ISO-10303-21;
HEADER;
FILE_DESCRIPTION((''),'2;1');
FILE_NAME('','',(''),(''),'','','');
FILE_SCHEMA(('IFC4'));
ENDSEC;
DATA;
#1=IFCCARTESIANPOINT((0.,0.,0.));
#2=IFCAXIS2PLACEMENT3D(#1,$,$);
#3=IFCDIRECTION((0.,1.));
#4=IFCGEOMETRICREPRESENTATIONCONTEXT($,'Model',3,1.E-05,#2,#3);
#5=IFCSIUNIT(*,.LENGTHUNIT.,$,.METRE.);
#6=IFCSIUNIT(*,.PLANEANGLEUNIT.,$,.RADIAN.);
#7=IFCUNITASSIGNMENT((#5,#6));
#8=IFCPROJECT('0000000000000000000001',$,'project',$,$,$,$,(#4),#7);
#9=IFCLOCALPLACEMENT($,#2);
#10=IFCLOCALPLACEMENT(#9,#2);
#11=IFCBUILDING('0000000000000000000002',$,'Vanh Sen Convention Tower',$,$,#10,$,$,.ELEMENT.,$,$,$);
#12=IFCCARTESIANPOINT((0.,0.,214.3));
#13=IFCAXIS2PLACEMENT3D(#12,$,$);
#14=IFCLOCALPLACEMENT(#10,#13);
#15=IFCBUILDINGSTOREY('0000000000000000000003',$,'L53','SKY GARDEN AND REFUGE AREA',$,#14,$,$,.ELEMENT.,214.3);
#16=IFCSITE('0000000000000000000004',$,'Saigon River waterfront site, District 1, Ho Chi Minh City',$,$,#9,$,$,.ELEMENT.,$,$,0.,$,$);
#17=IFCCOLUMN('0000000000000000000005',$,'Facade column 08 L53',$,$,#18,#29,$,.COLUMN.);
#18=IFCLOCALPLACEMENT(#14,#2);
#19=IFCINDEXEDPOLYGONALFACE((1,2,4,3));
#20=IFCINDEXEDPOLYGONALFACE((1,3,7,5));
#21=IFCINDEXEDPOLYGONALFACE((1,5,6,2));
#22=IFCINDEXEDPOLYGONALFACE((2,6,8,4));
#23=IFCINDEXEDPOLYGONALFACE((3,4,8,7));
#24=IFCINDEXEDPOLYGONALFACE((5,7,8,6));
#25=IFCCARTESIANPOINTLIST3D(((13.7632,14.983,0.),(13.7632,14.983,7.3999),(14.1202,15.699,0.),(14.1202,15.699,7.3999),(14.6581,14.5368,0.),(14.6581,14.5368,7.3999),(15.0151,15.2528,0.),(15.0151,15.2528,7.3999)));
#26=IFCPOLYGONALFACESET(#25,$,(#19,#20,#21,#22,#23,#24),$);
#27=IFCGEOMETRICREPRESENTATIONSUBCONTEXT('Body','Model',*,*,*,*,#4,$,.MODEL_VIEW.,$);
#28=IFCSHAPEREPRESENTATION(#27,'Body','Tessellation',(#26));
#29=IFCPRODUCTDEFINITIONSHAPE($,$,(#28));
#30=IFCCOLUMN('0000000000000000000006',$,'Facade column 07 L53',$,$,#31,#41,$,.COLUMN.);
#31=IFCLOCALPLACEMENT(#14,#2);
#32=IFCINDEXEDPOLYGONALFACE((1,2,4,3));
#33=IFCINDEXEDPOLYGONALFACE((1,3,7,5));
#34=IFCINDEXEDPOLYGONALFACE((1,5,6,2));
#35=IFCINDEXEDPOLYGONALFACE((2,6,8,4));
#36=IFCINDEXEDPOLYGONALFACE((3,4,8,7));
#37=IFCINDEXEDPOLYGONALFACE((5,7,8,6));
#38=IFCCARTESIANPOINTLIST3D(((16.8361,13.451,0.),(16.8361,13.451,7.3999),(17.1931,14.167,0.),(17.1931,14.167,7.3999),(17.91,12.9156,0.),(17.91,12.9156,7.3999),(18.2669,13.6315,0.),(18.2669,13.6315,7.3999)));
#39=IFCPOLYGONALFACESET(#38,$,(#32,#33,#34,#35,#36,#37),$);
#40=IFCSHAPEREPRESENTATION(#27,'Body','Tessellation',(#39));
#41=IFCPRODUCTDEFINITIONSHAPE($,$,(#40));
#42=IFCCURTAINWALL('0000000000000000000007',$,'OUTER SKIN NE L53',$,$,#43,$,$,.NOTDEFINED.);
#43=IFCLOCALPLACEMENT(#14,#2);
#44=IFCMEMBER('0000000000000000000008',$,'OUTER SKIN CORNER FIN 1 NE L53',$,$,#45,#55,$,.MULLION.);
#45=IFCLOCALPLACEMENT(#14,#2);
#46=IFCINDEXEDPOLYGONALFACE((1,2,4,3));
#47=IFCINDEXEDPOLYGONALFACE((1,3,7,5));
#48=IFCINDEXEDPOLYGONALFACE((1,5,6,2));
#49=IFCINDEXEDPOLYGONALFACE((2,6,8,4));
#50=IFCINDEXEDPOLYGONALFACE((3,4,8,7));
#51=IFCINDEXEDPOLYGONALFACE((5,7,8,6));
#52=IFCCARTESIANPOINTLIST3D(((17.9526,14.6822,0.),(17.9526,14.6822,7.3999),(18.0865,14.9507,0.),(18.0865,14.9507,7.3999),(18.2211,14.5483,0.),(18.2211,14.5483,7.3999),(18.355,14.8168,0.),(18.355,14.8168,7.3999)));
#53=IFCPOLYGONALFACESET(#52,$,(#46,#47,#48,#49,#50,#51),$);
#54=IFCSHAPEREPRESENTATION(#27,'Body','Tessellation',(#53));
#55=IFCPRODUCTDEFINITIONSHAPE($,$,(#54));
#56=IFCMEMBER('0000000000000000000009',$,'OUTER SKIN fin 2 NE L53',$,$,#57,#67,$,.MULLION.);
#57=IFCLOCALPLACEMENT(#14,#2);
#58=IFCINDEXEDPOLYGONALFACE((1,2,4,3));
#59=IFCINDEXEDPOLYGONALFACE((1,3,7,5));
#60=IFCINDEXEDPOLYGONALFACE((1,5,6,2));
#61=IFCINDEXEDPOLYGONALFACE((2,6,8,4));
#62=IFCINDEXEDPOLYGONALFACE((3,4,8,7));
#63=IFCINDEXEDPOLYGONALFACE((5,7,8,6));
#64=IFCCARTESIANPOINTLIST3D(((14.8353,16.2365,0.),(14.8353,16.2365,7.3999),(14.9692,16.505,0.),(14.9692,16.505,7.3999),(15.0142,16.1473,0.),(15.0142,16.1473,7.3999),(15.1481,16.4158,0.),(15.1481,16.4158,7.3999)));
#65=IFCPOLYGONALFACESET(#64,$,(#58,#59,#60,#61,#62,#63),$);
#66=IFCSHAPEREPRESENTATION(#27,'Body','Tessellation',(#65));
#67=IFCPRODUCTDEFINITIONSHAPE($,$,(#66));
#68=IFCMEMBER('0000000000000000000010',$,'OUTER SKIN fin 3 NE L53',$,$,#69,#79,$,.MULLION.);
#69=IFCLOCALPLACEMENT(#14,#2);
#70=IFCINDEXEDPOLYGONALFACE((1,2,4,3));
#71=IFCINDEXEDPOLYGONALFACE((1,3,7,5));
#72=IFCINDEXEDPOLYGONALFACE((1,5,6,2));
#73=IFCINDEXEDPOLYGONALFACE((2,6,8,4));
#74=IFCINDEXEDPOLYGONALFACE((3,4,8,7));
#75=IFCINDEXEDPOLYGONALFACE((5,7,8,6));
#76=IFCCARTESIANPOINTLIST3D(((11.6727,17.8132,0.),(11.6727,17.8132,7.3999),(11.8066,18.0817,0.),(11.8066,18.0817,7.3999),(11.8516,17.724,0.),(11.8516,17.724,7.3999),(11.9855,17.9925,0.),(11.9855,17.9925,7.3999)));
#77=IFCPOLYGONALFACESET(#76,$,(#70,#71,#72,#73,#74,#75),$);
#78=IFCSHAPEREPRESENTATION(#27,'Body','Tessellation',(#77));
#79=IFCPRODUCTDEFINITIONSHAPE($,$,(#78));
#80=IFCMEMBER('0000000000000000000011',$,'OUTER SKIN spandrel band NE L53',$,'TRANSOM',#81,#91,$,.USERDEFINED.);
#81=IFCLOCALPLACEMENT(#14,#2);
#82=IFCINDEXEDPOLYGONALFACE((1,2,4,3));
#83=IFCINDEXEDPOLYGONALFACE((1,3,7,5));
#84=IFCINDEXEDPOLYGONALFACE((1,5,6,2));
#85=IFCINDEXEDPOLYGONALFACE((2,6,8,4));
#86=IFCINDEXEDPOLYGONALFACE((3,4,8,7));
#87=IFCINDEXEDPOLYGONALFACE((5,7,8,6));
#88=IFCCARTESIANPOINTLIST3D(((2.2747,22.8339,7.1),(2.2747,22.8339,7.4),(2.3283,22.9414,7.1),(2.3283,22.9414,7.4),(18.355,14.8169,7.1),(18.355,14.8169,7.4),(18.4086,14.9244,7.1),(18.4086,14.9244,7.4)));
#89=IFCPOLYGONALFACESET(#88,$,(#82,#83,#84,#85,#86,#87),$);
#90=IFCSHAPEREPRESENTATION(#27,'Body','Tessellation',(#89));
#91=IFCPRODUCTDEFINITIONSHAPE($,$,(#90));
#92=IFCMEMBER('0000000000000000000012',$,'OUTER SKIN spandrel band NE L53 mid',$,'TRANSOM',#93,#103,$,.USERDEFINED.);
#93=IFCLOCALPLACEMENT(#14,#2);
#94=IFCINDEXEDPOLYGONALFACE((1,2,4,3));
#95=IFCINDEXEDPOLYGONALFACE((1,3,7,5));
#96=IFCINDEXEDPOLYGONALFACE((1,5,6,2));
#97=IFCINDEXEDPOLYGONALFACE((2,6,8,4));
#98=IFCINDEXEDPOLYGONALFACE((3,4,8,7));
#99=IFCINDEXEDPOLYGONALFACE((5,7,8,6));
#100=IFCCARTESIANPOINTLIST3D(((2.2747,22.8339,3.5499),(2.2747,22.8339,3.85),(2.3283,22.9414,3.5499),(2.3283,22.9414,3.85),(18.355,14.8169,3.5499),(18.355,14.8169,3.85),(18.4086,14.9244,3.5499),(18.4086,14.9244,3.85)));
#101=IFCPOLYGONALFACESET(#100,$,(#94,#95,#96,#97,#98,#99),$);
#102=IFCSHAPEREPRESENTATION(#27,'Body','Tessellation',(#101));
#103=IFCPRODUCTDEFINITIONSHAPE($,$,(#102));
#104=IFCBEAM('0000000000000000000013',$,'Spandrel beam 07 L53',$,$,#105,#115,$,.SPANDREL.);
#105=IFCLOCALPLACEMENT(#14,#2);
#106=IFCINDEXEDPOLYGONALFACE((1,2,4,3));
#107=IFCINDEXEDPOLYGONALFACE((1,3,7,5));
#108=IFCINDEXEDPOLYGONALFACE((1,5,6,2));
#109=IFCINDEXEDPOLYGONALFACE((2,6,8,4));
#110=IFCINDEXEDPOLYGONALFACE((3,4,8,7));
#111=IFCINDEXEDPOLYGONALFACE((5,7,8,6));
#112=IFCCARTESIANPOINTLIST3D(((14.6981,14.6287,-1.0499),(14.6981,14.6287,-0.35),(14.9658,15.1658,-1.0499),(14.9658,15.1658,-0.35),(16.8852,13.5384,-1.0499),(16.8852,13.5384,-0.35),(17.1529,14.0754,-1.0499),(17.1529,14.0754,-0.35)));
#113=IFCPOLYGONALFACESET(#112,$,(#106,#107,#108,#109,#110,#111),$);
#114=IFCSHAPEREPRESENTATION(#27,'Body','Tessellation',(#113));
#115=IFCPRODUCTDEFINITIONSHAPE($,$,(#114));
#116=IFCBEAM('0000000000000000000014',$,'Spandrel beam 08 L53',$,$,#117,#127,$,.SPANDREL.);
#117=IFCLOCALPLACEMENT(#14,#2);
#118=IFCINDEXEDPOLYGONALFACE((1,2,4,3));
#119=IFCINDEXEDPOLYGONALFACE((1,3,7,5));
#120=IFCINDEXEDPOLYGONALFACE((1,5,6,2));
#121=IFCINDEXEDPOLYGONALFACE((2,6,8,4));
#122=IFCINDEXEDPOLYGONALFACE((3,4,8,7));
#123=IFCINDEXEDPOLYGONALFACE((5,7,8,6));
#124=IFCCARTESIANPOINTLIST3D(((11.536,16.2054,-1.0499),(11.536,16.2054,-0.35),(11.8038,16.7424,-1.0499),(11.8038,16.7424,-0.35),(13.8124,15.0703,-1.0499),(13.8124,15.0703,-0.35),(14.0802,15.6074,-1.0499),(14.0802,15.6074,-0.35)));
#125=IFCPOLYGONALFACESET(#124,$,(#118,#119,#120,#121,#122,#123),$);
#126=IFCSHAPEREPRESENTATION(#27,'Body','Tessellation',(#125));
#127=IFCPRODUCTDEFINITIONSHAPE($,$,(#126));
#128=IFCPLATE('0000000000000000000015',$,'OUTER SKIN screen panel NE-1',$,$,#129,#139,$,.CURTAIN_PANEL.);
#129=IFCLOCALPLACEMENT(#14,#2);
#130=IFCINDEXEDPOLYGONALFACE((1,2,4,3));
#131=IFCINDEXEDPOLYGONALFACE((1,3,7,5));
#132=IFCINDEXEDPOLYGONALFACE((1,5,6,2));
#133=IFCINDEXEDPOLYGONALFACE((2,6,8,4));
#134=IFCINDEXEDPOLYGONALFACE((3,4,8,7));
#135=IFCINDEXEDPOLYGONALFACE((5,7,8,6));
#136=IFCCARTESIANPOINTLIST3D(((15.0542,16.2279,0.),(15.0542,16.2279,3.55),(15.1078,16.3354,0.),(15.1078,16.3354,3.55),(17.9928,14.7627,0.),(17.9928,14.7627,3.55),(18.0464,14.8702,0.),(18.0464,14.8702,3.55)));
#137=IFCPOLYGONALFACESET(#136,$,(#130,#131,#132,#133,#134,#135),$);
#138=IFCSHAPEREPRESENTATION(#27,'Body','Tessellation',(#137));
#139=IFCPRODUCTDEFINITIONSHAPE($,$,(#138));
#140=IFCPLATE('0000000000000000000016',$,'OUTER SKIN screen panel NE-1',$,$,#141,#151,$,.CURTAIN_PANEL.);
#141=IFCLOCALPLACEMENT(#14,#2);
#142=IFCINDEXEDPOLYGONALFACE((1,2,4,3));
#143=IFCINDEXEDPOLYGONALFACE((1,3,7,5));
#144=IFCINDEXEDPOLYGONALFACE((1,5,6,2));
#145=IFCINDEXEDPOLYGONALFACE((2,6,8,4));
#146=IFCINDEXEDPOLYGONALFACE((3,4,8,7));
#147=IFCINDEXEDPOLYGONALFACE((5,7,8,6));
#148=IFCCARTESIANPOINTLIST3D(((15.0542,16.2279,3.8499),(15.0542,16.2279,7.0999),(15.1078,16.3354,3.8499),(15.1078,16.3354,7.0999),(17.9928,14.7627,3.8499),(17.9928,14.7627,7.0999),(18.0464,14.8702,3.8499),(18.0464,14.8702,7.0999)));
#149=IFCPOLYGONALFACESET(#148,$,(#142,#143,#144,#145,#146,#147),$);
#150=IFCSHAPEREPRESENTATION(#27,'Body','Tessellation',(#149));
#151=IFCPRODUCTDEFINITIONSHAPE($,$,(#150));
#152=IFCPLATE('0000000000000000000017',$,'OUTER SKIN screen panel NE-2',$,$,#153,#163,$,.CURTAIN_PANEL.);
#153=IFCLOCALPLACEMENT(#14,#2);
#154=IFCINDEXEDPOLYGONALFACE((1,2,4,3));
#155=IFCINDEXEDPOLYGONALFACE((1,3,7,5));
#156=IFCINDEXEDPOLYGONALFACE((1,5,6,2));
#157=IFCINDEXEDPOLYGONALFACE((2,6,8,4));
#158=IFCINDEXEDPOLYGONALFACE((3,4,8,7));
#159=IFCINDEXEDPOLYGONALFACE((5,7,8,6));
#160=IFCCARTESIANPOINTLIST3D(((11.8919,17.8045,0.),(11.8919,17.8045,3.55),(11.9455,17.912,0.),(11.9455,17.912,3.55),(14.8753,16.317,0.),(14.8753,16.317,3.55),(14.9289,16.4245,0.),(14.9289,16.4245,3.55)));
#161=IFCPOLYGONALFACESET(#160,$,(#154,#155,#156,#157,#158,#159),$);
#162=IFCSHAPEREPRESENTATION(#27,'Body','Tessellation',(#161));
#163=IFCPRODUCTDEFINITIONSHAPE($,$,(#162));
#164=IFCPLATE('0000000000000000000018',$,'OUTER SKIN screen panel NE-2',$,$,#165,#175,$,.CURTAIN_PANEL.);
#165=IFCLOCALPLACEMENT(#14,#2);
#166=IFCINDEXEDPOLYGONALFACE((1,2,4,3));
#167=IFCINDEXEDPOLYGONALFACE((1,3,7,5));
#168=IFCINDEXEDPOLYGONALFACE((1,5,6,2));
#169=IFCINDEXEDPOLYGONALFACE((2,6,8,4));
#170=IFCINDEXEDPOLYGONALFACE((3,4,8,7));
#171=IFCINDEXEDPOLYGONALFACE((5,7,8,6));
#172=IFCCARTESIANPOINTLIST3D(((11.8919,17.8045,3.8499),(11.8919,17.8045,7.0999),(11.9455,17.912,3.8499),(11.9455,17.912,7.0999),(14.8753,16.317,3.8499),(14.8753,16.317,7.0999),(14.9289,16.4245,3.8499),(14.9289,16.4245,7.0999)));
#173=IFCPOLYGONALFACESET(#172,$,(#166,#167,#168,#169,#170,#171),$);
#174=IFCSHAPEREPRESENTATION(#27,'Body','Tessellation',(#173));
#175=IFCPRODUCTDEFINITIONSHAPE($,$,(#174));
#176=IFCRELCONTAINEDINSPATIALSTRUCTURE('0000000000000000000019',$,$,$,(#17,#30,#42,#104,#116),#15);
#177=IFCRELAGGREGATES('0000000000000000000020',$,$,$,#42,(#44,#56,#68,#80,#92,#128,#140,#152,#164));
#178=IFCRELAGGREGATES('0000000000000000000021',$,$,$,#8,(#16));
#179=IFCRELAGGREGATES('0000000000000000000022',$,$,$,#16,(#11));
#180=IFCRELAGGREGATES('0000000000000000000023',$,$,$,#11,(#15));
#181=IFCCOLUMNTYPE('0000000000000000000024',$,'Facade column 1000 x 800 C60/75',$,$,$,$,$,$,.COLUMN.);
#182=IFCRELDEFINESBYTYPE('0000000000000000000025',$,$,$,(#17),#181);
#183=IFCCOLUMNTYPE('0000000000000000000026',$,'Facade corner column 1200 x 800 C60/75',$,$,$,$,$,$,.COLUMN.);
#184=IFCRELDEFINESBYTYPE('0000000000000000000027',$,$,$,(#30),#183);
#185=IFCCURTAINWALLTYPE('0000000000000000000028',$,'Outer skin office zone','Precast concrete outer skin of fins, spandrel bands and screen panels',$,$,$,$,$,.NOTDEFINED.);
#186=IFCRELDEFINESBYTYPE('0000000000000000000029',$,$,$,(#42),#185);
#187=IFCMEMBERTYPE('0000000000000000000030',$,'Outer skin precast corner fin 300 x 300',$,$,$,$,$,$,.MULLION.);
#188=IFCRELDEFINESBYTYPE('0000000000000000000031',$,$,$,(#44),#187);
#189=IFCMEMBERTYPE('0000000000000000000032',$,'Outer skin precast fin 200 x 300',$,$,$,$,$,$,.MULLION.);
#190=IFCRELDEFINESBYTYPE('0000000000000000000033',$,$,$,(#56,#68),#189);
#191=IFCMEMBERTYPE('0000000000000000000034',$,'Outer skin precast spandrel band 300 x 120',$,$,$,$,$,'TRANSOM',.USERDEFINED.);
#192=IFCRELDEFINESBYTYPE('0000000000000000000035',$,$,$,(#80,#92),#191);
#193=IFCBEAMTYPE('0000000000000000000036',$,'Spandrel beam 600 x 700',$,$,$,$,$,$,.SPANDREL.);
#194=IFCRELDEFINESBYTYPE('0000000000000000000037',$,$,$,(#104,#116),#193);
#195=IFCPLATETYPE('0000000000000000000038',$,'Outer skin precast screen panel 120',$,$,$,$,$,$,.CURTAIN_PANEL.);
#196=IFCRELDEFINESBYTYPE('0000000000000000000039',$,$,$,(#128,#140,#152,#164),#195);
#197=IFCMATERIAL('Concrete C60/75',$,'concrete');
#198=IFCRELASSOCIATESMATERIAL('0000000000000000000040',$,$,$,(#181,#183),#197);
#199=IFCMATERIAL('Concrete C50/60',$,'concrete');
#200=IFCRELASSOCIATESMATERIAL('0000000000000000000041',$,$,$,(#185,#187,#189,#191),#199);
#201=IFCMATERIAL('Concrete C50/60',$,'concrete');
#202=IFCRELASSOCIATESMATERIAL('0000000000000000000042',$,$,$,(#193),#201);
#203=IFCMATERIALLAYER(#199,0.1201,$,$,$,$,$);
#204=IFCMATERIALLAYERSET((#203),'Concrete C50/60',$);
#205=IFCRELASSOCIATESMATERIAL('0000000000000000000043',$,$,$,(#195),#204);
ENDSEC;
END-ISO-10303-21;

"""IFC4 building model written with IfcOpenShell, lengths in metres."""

from ifc_helpers import new_model, si_unit, direction, frame, origin, origin_2d, place, context, subcontext, project, spatial, rectangle, extrude, material, layer, layer_set, material_profile, profile_set, type_object, element, aggregate, save


model = new_model("IFC4")

# Units and contexts
model_context = context("Model", 3, precision=1e-05, world=origin(), true_north=direction((0.0, 1.0)))
body_context = subcontext(model_context, "Body", "Model", "MODEL_VIEW")
ifc_project = project(units=[si_unit("LENGTHUNIT", "METRE"), si_unit("PLANEANGLEUNIT", "RADIAN")], contexts=[model_context])

# Site, building, storey
site_placement = place(None, origin())
site = spatial("IfcSite", under=ifc_project, at=site_placement, Name="Saigon River waterfront site, District 1, Ho Chi Minh City", CompositionType="ELEMENT", RefElevation=0.0)
building_placement = place(site_placement, origin())
building = spatial("IfcBuilding", under=site, at=building_placement, Name="Vanh Sen Convention Tower", CompositionType="ELEMENT")
storey_placement = place(building_placement, frame((0.0, 0.0, 214.3)))
storey = spatial("IfcBuildingStorey", under=building, at=storey_placement, Name="L53", Description="SKY GARDEN AND REFUGE AREA", CompositionType="ELEMENT", Elevation=214.3)

# Columns
ifc_material_1 = material(Name="Concrete C60/75", Category="concrete")
ifc_material_profile_1 = material_profile(ifc_material_1, rectangle(XDim=1.0, YDim=0.8, at=origin_2d()), Name="RC 1000X800")
ifc_profile_set_1 = profile_set([ifc_material_profile_1], Name="Concrete C60/75")
column_type_1 = type_object("IfcColumnType", Name="Facade column 1000 x 800 C60/75", PredefinedType="COLUMN", material=ifc_profile_set_1)
column_1_placement = place(storey_placement, frame((14.3892, 15.1179, 0.0), z_axis=(0.0, 0.0, 1.0), x_axis=(-0.894934, 0.446198, 0.0)))
element("IfcColumn", 1, at=column_1_placement, inside=storey, type_object=column_type_1, Name="Facade column 08 L53", PredefinedType="COLUMN", context=body_context, shape_type="SweptSolid", body=[
    extrude(rectangle(XDim=1.0, YDim=0.8, at=origin_2d()), origin(), (0.0, 0.0, 1.0), 7.3999),
])
ifc_material_profile_2 = material_profile(ifc_material_1, rectangle(XDim=1.2, YDim=0.8, at=origin_2d()), Name="RC 1200X800")
ifc_profile_set_2 = profile_set([ifc_material_profile_2], Name="Concrete C60/75")
column_type_2 = type_object("IfcColumnType", Name="Facade corner column 1200 x 800 C60/75", PredefinedType="COLUMN", material=ifc_profile_set_2)
column_2_placement = place(storey_placement, frame((17.5515, 13.5413, 0.0), z_axis=(0.0, 0.0, 1.0), x_axis=(-0.894934, 0.446198, 0.0)))
element("IfcColumn", 2, at=column_2_placement, inside=storey, type_object=column_type_2, Name="Facade column 07 L53", PredefinedType="COLUMN", context=body_context, shape_type="SweptSolid", body=[
    extrude(rectangle(XDim=1.2, YDim=0.8, at=origin_2d()), origin(), (0.0, 0.0, 1.0), 7.3999),
])

# Curtain wall, members
ifc_material_2 = material(Name="Concrete C50/60", Category="concrete")
curtain_wall_type = type_object("IfcCurtainWallType", Name="Outer skin office zone", Description="Precast concrete outer skin of fins, spandrel bands and screen panels", PredefinedType="NOTDEFINED", material=ifc_material_2)
curtain_wall_placement = place(storey_placement, origin())
curtain_wall = element("IfcCurtainWall", 3, at=curtain_wall_placement, inside=storey, type_object=curtain_wall_type, Name="OUTER SKIN NE L53", PredefinedType="NOTDEFINED")
ifc_material_profile_3 = material_profile(ifc_material_2, rectangle(XDim=0.3, YDim=0.3, at=origin_2d()), Name="Outer skin precast corner fin 300 x 300")
ifc_profile_set_3 = profile_set([ifc_material_profile_3], Name="Concrete C50/60")
member_type_1 = type_object("IfcMemberType", Name="Outer skin precast corner fin 300 x 300", PredefinedType="MULLION", material=ifc_profile_set_3)
member_1_placement = place(storey_placement, frame((18.1538, 14.7495, 0.0), z_axis=(0.0, 0.0, 1.0), x_axis=(-0.894934, 0.446198, 0.0)))
member_1 = element("IfcMember", 4, at=member_1_placement, type_object=member_type_1, Name="OUTER SKIN CORNER FIN 1 NE L53", PredefinedType="MULLION", context=body_context, shape_type="SweptSolid", body=[
    extrude(rectangle(XDim=0.3, YDim=0.3, at=origin_2d()), origin(), (0.0, 0.0, 1.0), 7.3999),
])
ifc_material_profile_4 = material_profile(ifc_material_2, rectangle(XDim=0.2, YDim=0.3, at=origin_2d()), Name="Outer skin precast fin 200 x 300")
ifc_profile_set_4 = profile_set([ifc_material_profile_4], Name="Concrete C50/60")
member_type_2 = type_object("IfcMemberType", Name="Outer skin precast fin 200 x 300", PredefinedType="MULLION", material=ifc_profile_set_4)
member_2_placement = place(storey_placement, frame((14.9917, 16.3262, 0.0), z_axis=(0.0, 0.0, 1.0), x_axis=(-0.894934, 0.446198, 0.0)))
member_2 = element("IfcMember", 5, at=member_2_placement, type_object=member_type_2, Name="OUTER SKIN fin 2 NE L53", PredefinedType="MULLION", context=body_context, shape_type="SweptSolid", body=[
    extrude(rectangle(XDim=0.2, YDim=0.3, at=origin_2d()), origin(), (0.0, 0.0, 1.0), 7.3999),
])
member_3_placement = place(storey_placement, frame((11.8291, 17.9028, 0.0), z_axis=(0.0, 0.0, 1.0), x_axis=(-0.894934, 0.446198, 0.0)))
member_3 = element("IfcMember", 6, at=member_3_placement, type_object=member_type_2, Name="OUTER SKIN fin 3 NE L53", PredefinedType="MULLION", context=body_context, shape_type="SweptSolid", body=[
    extrude(rectangle(XDim=0.2, YDim=0.3, at=origin_2d()), origin(), (0.0, 0.0, 1.0), 7.3999),
])
ifc_material_profile_5 = material_profile(ifc_material_2, rectangle(XDim=0.1201, YDim=0.3, at=origin_2d()), Name="Outer skin precast spandrel band 300 x 120")
ifc_profile_set_5 = profile_set([ifc_material_profile_5], Name="Concrete C50/60")
member_type_3 = type_object("IfcMemberType", Name="Outer skin precast spandrel band 300 x 120", ElementType="TRANSOM", PredefinedType="USERDEFINED", material=ifc_profile_set_5)
member_4_placement = place(storey_placement, frame((18.3818, 14.8706, 7.25), z_axis=(-0.89494, 0.446186, 0.0), x_axis=(-0.446186, -0.89494, 0.0)))
member_4 = element("IfcMember", 7, at=member_4_placement, type_object=member_type_3, Name="OUTER SKIN spandrel band NE L53", ObjectType="TRANSOM", PredefinedType="USERDEFINED", context=body_context, shape_type="SweptSolid", body=[
    extrude(rectangle(XDim=0.1201, YDim=0.3, at=origin_2d()), origin(), (0.0, 0.0, 1.0), 17.968),
])
member_5_placement = place(storey_placement, frame((18.3818, 14.8706, 3.7), z_axis=(-0.89494, 0.446186, 0.0), x_axis=(-0.446186, -0.89494, 0.0)))
member_5 = element("IfcMember", 8, at=member_5_placement, type_object=member_type_3, Name="OUTER SKIN spandrel band NE L53 mid", ObjectType="TRANSOM", PredefinedType="USERDEFINED", context=body_context, shape_type="SweptSolid", body=[
    extrude(rectangle(XDim=0.1201, YDim=0.3, at=origin_2d()), origin(), (0.0, 0.0, 1.0), 17.968),
])

# Beams
ifc_material_3 = material(Name="Concrete C50/60", Category="concrete")
ifc_material_profile_6 = material_profile(ifc_material_3, rectangle(XDim=0.6001, YDim=0.7, at=origin_2d()), Name="RC 600X700")
ifc_profile_set_6 = profile_set([ifc_material_profile_6], Name="Concrete C50/60")
beam_type = type_object("IfcBeamType", Name="Spandrel beam 600 x 700", PredefinedType="SPANDREL", material=ifc_profile_set_6)
beam_1_placement = place(storey_placement, frame((17.019, 13.8069, -0.7), z_axis=(-0.894946, 0.446174, 0.0), x_axis=(-0.446174, -0.894946, 0.0)))
element("IfcBeam", 9, at=beam_1_placement, inside=storey, type_object=beam_type, Name="Spandrel beam 07 L53", PredefinedType="SPANDREL", context=body_context, shape_type="SweptSolid", body=[
    extrude(rectangle(XDim=0.6001, YDim=0.7, at=origin_2d()), origin(), (0.0, 0.0, 1.0), 2.4438),
])
beam_2_placement = place(storey_placement, frame((13.9463, 15.3389, -0.7), z_axis=(-0.894926, 0.446215, 0.0), x_axis=(-0.446215, -0.894926, 0.0)))
element("IfcBeam", 10, at=beam_2_placement, inside=storey, type_object=beam_type, Name="Spandrel beam 08 L53", PredefinedType="SPANDREL", context=body_context, shape_type="SweptSolid", body=[
    extrude(rectangle(XDim=0.6001, YDim=0.7, at=origin_2d()), origin(), (0.0, 0.0, 1.0), 2.5437),
])

# Plates
ifc_layer_1 = layer(ifc_material_2, 0.1201)
ifc_layer_set_1 = layer_set([ifc_layer_1], Name="Concrete C50/60")
plate_type = type_object("IfcPlateType", Name="Outer skin precast screen panel 120", PredefinedType="CURTAIN_PANEL", material=ifc_layer_set_1)
plate_1_placement = place(storey_placement, frame((16.5503, 15.5491, 0.0), z_axis=(0.0, 0.0, 1.0), x_axis=(-0.89493, 0.446206, 0.0)))
plate_1 = element("IfcPlate", 11, at=plate_1_placement, type_object=plate_type, Name="OUTER SKIN screen panel NE-1", PredefinedType="CURTAIN_PANEL", context=body_context, shape_type="SweptSolid", body=[
    extrude(rectangle(XDim=3.2837, YDim=0.1201, at=origin_2d()), origin(), (0.0, 0.0, 1.0), 3.55),
])
plate_2_placement = place(storey_placement, frame((16.5503, 15.5491, 3.8499), z_axis=(0.0, 0.0, 1.0), x_axis=(-0.89493, 0.446206, 0.0)))
plate_2 = element("IfcPlate", 12, at=plate_2_placement, type_object=plate_type, Name="OUTER SKIN screen panel NE-1", PredefinedType="CURTAIN_PANEL", context=body_context, shape_type="SweptSolid", body=[
    extrude(rectangle(XDim=3.2837, YDim=0.1201, at=origin_2d()), origin(), (0.0, 0.0, 1.0), 3.25),
])
plate_3_placement = place(storey_placement, frame((13.4104, 17.1145, 0.0), z_axis=(0.0, 0.0, 1.0), x_axis=(-0.894936, 0.446195, 0.0)))
plate_3 = element("IfcPlate", 13, at=plate_3_placement, type_object=plate_type, Name="OUTER SKIN screen panel NE-2", PredefinedType="CURTAIN_PANEL", context=body_context, shape_type="SweptSolid", body=[
    extrude(rectangle(XDim=3.3337, YDim=0.1201, at=origin_2d()), origin(), (0.0, 0.0, 1.0), 3.55),
])
plate_4_placement = place(storey_placement, frame((13.4104, 17.1145, 3.8499), z_axis=(0.0, 0.0, 1.0), x_axis=(-0.894936, 0.446195, 0.0)))
plate_4 = element("IfcPlate", 14, at=plate_4_placement, type_object=plate_type, Name="OUTER SKIN screen panel NE-2", PredefinedType="CURTAIN_PANEL", context=body_context, shape_type="SweptSolid", body=[
    extrude(rectangle(XDim=3.3337, YDim=0.1201, at=origin_2d()), origin(), (0.0, 0.0, 1.0), 3.25),
])
aggregate(curtain_wall, [member_1, member_2, member_3, member_4, member_5, plate_1, plate_2, plate_3, plate_4])

save(model, "model.ifc")
